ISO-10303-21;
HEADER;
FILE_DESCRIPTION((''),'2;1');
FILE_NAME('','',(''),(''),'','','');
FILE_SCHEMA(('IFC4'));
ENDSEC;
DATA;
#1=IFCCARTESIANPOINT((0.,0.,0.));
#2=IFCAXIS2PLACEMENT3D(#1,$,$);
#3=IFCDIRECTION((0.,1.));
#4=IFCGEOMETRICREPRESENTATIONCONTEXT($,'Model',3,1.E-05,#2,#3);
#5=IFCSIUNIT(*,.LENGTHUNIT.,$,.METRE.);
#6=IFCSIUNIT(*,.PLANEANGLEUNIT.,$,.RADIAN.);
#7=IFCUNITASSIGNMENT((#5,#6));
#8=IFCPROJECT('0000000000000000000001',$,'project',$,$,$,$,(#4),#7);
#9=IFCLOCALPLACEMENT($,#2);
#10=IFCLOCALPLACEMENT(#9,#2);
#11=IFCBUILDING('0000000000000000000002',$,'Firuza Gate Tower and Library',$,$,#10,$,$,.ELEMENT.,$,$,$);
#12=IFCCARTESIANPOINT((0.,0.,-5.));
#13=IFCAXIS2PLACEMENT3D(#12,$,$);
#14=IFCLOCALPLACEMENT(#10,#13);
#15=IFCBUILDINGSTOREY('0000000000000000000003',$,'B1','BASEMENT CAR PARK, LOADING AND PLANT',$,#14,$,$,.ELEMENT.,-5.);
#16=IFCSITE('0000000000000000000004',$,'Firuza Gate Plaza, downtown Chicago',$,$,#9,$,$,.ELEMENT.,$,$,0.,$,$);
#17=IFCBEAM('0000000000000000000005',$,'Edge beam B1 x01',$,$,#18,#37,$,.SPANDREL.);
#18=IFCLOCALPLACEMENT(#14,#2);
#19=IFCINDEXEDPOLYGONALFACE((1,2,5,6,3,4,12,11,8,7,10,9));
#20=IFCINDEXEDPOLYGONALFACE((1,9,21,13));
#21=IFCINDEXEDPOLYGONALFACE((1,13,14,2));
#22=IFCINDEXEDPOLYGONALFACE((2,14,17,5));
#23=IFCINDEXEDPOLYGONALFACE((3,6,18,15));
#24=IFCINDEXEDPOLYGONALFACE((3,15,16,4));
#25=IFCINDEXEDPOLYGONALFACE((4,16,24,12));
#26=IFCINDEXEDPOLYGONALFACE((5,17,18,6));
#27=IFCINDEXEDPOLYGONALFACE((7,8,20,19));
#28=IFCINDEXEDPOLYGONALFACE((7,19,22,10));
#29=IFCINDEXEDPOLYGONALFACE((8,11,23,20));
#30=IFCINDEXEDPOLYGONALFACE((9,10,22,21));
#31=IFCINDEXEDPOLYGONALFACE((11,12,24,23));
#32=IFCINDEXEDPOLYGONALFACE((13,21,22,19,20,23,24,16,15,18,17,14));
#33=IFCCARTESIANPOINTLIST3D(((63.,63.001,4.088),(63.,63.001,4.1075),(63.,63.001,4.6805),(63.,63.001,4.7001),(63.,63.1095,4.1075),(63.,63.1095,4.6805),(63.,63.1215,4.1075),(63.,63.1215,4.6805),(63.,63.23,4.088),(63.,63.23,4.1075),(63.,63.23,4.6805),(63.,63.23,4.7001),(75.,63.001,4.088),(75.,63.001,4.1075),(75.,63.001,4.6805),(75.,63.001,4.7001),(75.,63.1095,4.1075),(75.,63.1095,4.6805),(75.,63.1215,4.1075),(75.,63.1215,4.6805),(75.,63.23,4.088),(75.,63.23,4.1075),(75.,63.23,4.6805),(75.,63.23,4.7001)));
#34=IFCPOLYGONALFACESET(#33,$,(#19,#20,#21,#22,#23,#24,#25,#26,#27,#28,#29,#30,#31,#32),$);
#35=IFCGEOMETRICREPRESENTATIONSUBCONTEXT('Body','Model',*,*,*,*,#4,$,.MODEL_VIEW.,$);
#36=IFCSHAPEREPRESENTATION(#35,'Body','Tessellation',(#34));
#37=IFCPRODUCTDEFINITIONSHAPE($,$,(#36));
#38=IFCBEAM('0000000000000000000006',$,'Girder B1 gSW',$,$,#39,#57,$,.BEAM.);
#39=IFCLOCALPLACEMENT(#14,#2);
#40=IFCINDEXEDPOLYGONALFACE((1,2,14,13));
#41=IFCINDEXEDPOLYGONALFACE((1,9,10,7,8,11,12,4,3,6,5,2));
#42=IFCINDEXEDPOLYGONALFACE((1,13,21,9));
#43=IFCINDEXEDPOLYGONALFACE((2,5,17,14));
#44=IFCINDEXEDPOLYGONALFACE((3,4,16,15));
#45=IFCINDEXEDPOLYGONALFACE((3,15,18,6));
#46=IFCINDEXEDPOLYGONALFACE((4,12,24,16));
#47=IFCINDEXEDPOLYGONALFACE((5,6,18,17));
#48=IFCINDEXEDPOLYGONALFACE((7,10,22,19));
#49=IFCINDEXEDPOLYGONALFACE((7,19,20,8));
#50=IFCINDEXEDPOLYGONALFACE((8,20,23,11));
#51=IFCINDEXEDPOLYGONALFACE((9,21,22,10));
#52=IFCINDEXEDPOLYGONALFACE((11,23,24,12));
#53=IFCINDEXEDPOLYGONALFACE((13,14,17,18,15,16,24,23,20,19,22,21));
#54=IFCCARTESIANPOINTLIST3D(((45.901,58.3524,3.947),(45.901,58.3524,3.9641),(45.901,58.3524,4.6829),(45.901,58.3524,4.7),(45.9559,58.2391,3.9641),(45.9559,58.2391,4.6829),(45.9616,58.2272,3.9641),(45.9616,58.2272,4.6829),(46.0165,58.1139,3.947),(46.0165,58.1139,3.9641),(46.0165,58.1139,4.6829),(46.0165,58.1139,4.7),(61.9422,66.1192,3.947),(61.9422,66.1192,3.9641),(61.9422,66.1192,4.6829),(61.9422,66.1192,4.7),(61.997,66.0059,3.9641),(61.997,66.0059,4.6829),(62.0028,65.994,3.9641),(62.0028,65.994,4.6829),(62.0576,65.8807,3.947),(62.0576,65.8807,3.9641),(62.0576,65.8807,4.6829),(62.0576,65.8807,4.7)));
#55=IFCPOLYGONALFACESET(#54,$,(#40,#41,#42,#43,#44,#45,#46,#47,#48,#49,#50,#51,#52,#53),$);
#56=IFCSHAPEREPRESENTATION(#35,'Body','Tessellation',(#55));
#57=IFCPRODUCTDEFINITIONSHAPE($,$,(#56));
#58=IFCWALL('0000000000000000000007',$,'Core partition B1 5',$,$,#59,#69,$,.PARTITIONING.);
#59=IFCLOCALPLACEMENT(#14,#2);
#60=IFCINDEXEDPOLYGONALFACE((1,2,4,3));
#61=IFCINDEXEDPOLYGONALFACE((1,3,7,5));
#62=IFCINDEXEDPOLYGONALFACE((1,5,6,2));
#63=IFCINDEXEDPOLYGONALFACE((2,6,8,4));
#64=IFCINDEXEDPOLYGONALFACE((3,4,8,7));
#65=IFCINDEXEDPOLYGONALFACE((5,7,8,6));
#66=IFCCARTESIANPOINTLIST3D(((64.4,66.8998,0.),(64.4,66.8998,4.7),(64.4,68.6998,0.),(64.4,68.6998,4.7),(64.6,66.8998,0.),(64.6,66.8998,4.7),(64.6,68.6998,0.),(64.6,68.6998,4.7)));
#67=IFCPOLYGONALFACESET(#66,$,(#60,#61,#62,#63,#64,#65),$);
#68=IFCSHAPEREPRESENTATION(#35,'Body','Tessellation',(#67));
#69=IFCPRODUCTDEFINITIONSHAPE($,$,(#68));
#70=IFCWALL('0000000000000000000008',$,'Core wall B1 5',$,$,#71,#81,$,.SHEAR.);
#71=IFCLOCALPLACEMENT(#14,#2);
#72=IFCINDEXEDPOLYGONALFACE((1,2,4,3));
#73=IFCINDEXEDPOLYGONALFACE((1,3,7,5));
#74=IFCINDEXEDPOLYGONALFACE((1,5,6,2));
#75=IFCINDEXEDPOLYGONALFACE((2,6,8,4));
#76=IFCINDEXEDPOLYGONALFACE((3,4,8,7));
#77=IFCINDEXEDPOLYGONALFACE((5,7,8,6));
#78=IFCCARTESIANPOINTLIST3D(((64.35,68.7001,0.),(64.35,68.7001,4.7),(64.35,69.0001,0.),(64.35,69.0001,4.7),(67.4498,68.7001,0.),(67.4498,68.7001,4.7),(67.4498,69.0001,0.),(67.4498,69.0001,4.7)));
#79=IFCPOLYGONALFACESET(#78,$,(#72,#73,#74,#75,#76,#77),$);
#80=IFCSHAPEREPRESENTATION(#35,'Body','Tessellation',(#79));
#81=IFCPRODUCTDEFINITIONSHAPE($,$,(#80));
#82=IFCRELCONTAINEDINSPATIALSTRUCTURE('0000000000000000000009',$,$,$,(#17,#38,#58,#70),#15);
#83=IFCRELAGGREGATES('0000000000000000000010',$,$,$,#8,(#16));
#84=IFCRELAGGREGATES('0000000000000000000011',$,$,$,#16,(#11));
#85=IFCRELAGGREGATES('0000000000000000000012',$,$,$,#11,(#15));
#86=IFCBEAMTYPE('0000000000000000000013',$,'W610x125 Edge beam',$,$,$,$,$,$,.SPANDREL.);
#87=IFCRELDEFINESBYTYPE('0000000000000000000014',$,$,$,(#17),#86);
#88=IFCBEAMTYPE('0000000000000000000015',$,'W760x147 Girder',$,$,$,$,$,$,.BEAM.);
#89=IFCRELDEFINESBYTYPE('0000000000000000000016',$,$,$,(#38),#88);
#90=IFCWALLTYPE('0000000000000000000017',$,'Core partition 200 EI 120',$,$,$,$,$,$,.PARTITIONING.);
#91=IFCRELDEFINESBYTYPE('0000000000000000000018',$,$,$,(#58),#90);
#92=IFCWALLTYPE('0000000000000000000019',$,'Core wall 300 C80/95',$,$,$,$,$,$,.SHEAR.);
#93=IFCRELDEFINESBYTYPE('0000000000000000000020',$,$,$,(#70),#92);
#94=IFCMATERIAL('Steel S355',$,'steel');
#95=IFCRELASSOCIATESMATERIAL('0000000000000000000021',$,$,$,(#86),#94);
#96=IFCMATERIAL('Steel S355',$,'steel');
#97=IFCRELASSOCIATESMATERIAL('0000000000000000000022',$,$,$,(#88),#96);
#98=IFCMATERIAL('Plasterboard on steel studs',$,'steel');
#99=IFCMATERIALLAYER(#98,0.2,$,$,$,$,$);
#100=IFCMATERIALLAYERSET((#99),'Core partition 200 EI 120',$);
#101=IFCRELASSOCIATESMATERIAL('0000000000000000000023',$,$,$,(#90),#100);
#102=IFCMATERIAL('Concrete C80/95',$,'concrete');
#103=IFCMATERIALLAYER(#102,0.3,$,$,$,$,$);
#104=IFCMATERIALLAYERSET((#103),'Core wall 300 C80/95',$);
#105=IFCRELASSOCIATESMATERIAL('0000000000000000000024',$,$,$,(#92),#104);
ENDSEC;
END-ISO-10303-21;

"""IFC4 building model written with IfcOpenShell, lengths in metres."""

from ifc_helpers import new_model, si_unit, direction, frame, frame_2d, origin, origin_2d, place, context, subcontext, project, spatial, rectangle, i_section, extrude, material, layer, layer_set, material_profile, profile_set, type_object, element, save


model = new_model("IFC4")

# Units and contexts
model_context = context("Model", 3, precision=1e-05, world=origin(), true_north=direction((0.0, 1.0)))
body_context = subcontext(model_context, "Body", "Model", "MODEL_VIEW")
ifc_project = project(units=[si_unit("LENGTHUNIT", "METRE"), si_unit("PLANEANGLEUNIT", "RADIAN")], contexts=[model_context])

# Site, building, storey
site_placement = place(None, origin())
site = spatial("IfcSite", under=ifc_project, at=site_placement, Name="Firuza Gate Plaza, downtown Chicago", CompositionType="ELEMENT", RefElevation=0.0)
building_placement = place(site_placement, origin())
building = spatial("IfcBuilding", under=site, at=building_placement, Name="Firuza Gate Tower and Library", CompositionType="ELEMENT")
storey_placement = place(building_placement, frame((0.0, 0.0, -5.0)))
storey = spatial("IfcBuildingStorey", under=building, at=storey_placement, Name="B1", Description="BASEMENT CAR PARK, LOADING AND PLANT", CompositionType="ELEMENT", Elevation=-5.0)

# Beams
ifc_material_1 = material(Name="Steel S355", Category="steel")
ifc_material_profile_1 = material_profile(ifc_material_1, i_section(OverallWidth=0.229, OverallDepth=0.6121, WebThickness=0.012, FlangeThickness=0.0195, at=origin_2d()))
ifc_profile_set_1 = profile_set([ifc_material_profile_1], Name="Steel S355")
beam_type_1 = type_object("IfcBeamType", Name="W610x125 Edge beam", PredefinedType="SPANDREL", material=ifc_profile_set_1)
beam_1_placement = place(storey_placement, frame((63.0, 63.1155, 4.394), z_axis=(1.0, 0.0, 0.0), x_axis=(0.0, 1.0, 0.0)))
element("IfcBeam", 1, at=beam_1_placement, inside=storey, type_object=beam_type_1, Name="Edge beam B1 x01", PredefinedType="SPANDREL", context=body_context, shape_type="SweptSolid", body=[
    extrude(i_section(OverallWidth=0.229, OverallDepth=0.6121, WebThickness=0.012, FlangeThickness=0.0195, at=origin_2d()), origin(), (0.0, 0.0, 1.0), 12.0),
])
ifc_material_2 = material(Name="Steel S355", Category="steel")
ifc_material_profile_2 = material_profile(ifc_material_2, i_section(OverallWidth=0.2649, OverallDepth=0.7529, WebThickness=0.0132, FlangeThickness=0.0171, at=origin_2d()))
ifc_profile_set_2 = profile_set([ifc_material_profile_2], Name="Steel S355")
beam_type_2 = type_object("IfcBeamType", Name="W760x147 Girder", PredefinedType="BEAM", material=ifc_profile_set_2)
beam_2_placement = place(storey_placement, frame((45.9587, 58.2332, 4.3235), z_axis=(0.90005, 0.435786, 0.0), x_axis=(-0.435786, 0.90005, 0.0)))
element("IfcBeam", 2, at=beam_2_placement, inside=storey, type_object=beam_type_2, Name="Girder B1 gSW", PredefinedType="BEAM", context=body_context, shape_type="SweptSolid", body=[
    extrude(i_section(OverallWidth=0.2649, OverallDepth=0.7529, WebThickness=0.0132, FlangeThickness=0.0171, at=origin_2d()), origin(), (0.0, 0.0, 1.0), 17.8225),
])

# Walls
ifc_material_3 = material(Name="Plasterboard on steel studs", Category="steel")
ifc_layer_1 = layer(ifc_material_3, 0.2)
ifc_layer_set_1 = layer_set([ifc_layer_1], Name="Core partition 200 EI 120")
wall_type_1 = type_object("IfcWallType", Name="Core partition 200 EI 120", PredefinedType="PARTITIONING", material=ifc_layer_set_1)
wall_1_placement = place(storey_placement, frame((64.5, 66.8999, 0.0), z_axis=(0.0, 0.0, 1.0), x_axis=(0.0, 1.0, 0.0)))
element("IfcWall", 3, at=wall_1_placement, inside=storey, type_object=wall_type_1, Name="Core partition B1 5", PredefinedType="PARTITIONING", context=body_context, shape_type="SweptSolid", body=[
    extrude(rectangle(XDim=1.8, YDim=0.2, at=frame_2d((0.8999, 0.0))), origin(), (0.0, 0.0, 1.0), 4.7),
])
ifc_material_4 = material(Name="Concrete C80/95", Category="concrete")
ifc_layer_2 = layer(ifc_material_4, 0.3)
ifc_layer_set_2 = layer_set([ifc_layer_2], Name="Core wall 300 C80/95")
wall_type_2 = type_object("IfcWallType", Name="Core wall 300 C80/95", PredefinedType="SHEAR", material=ifc_layer_set_2)
wall_2_placement = place(storey_placement, frame((64.3501, 68.8501, 0.0), z_axis=(0.0, 0.0, 1.0), x_axis=(1.0, 0.0, 0.0)))
element("IfcWall", 4, at=wall_2_placement, inside=storey, type_object=wall_type_2, Name="Core wall B1 5", PredefinedType="SHEAR", context=body_context, shape_type="SweptSolid", body=[
    extrude(rectangle(XDim=3.0999, YDim=0.3, at=frame_2d((1.5498, 0.0))), origin(), (0.0, 0.0, 1.0), 4.7),
])

save(model, "model.ifc")
